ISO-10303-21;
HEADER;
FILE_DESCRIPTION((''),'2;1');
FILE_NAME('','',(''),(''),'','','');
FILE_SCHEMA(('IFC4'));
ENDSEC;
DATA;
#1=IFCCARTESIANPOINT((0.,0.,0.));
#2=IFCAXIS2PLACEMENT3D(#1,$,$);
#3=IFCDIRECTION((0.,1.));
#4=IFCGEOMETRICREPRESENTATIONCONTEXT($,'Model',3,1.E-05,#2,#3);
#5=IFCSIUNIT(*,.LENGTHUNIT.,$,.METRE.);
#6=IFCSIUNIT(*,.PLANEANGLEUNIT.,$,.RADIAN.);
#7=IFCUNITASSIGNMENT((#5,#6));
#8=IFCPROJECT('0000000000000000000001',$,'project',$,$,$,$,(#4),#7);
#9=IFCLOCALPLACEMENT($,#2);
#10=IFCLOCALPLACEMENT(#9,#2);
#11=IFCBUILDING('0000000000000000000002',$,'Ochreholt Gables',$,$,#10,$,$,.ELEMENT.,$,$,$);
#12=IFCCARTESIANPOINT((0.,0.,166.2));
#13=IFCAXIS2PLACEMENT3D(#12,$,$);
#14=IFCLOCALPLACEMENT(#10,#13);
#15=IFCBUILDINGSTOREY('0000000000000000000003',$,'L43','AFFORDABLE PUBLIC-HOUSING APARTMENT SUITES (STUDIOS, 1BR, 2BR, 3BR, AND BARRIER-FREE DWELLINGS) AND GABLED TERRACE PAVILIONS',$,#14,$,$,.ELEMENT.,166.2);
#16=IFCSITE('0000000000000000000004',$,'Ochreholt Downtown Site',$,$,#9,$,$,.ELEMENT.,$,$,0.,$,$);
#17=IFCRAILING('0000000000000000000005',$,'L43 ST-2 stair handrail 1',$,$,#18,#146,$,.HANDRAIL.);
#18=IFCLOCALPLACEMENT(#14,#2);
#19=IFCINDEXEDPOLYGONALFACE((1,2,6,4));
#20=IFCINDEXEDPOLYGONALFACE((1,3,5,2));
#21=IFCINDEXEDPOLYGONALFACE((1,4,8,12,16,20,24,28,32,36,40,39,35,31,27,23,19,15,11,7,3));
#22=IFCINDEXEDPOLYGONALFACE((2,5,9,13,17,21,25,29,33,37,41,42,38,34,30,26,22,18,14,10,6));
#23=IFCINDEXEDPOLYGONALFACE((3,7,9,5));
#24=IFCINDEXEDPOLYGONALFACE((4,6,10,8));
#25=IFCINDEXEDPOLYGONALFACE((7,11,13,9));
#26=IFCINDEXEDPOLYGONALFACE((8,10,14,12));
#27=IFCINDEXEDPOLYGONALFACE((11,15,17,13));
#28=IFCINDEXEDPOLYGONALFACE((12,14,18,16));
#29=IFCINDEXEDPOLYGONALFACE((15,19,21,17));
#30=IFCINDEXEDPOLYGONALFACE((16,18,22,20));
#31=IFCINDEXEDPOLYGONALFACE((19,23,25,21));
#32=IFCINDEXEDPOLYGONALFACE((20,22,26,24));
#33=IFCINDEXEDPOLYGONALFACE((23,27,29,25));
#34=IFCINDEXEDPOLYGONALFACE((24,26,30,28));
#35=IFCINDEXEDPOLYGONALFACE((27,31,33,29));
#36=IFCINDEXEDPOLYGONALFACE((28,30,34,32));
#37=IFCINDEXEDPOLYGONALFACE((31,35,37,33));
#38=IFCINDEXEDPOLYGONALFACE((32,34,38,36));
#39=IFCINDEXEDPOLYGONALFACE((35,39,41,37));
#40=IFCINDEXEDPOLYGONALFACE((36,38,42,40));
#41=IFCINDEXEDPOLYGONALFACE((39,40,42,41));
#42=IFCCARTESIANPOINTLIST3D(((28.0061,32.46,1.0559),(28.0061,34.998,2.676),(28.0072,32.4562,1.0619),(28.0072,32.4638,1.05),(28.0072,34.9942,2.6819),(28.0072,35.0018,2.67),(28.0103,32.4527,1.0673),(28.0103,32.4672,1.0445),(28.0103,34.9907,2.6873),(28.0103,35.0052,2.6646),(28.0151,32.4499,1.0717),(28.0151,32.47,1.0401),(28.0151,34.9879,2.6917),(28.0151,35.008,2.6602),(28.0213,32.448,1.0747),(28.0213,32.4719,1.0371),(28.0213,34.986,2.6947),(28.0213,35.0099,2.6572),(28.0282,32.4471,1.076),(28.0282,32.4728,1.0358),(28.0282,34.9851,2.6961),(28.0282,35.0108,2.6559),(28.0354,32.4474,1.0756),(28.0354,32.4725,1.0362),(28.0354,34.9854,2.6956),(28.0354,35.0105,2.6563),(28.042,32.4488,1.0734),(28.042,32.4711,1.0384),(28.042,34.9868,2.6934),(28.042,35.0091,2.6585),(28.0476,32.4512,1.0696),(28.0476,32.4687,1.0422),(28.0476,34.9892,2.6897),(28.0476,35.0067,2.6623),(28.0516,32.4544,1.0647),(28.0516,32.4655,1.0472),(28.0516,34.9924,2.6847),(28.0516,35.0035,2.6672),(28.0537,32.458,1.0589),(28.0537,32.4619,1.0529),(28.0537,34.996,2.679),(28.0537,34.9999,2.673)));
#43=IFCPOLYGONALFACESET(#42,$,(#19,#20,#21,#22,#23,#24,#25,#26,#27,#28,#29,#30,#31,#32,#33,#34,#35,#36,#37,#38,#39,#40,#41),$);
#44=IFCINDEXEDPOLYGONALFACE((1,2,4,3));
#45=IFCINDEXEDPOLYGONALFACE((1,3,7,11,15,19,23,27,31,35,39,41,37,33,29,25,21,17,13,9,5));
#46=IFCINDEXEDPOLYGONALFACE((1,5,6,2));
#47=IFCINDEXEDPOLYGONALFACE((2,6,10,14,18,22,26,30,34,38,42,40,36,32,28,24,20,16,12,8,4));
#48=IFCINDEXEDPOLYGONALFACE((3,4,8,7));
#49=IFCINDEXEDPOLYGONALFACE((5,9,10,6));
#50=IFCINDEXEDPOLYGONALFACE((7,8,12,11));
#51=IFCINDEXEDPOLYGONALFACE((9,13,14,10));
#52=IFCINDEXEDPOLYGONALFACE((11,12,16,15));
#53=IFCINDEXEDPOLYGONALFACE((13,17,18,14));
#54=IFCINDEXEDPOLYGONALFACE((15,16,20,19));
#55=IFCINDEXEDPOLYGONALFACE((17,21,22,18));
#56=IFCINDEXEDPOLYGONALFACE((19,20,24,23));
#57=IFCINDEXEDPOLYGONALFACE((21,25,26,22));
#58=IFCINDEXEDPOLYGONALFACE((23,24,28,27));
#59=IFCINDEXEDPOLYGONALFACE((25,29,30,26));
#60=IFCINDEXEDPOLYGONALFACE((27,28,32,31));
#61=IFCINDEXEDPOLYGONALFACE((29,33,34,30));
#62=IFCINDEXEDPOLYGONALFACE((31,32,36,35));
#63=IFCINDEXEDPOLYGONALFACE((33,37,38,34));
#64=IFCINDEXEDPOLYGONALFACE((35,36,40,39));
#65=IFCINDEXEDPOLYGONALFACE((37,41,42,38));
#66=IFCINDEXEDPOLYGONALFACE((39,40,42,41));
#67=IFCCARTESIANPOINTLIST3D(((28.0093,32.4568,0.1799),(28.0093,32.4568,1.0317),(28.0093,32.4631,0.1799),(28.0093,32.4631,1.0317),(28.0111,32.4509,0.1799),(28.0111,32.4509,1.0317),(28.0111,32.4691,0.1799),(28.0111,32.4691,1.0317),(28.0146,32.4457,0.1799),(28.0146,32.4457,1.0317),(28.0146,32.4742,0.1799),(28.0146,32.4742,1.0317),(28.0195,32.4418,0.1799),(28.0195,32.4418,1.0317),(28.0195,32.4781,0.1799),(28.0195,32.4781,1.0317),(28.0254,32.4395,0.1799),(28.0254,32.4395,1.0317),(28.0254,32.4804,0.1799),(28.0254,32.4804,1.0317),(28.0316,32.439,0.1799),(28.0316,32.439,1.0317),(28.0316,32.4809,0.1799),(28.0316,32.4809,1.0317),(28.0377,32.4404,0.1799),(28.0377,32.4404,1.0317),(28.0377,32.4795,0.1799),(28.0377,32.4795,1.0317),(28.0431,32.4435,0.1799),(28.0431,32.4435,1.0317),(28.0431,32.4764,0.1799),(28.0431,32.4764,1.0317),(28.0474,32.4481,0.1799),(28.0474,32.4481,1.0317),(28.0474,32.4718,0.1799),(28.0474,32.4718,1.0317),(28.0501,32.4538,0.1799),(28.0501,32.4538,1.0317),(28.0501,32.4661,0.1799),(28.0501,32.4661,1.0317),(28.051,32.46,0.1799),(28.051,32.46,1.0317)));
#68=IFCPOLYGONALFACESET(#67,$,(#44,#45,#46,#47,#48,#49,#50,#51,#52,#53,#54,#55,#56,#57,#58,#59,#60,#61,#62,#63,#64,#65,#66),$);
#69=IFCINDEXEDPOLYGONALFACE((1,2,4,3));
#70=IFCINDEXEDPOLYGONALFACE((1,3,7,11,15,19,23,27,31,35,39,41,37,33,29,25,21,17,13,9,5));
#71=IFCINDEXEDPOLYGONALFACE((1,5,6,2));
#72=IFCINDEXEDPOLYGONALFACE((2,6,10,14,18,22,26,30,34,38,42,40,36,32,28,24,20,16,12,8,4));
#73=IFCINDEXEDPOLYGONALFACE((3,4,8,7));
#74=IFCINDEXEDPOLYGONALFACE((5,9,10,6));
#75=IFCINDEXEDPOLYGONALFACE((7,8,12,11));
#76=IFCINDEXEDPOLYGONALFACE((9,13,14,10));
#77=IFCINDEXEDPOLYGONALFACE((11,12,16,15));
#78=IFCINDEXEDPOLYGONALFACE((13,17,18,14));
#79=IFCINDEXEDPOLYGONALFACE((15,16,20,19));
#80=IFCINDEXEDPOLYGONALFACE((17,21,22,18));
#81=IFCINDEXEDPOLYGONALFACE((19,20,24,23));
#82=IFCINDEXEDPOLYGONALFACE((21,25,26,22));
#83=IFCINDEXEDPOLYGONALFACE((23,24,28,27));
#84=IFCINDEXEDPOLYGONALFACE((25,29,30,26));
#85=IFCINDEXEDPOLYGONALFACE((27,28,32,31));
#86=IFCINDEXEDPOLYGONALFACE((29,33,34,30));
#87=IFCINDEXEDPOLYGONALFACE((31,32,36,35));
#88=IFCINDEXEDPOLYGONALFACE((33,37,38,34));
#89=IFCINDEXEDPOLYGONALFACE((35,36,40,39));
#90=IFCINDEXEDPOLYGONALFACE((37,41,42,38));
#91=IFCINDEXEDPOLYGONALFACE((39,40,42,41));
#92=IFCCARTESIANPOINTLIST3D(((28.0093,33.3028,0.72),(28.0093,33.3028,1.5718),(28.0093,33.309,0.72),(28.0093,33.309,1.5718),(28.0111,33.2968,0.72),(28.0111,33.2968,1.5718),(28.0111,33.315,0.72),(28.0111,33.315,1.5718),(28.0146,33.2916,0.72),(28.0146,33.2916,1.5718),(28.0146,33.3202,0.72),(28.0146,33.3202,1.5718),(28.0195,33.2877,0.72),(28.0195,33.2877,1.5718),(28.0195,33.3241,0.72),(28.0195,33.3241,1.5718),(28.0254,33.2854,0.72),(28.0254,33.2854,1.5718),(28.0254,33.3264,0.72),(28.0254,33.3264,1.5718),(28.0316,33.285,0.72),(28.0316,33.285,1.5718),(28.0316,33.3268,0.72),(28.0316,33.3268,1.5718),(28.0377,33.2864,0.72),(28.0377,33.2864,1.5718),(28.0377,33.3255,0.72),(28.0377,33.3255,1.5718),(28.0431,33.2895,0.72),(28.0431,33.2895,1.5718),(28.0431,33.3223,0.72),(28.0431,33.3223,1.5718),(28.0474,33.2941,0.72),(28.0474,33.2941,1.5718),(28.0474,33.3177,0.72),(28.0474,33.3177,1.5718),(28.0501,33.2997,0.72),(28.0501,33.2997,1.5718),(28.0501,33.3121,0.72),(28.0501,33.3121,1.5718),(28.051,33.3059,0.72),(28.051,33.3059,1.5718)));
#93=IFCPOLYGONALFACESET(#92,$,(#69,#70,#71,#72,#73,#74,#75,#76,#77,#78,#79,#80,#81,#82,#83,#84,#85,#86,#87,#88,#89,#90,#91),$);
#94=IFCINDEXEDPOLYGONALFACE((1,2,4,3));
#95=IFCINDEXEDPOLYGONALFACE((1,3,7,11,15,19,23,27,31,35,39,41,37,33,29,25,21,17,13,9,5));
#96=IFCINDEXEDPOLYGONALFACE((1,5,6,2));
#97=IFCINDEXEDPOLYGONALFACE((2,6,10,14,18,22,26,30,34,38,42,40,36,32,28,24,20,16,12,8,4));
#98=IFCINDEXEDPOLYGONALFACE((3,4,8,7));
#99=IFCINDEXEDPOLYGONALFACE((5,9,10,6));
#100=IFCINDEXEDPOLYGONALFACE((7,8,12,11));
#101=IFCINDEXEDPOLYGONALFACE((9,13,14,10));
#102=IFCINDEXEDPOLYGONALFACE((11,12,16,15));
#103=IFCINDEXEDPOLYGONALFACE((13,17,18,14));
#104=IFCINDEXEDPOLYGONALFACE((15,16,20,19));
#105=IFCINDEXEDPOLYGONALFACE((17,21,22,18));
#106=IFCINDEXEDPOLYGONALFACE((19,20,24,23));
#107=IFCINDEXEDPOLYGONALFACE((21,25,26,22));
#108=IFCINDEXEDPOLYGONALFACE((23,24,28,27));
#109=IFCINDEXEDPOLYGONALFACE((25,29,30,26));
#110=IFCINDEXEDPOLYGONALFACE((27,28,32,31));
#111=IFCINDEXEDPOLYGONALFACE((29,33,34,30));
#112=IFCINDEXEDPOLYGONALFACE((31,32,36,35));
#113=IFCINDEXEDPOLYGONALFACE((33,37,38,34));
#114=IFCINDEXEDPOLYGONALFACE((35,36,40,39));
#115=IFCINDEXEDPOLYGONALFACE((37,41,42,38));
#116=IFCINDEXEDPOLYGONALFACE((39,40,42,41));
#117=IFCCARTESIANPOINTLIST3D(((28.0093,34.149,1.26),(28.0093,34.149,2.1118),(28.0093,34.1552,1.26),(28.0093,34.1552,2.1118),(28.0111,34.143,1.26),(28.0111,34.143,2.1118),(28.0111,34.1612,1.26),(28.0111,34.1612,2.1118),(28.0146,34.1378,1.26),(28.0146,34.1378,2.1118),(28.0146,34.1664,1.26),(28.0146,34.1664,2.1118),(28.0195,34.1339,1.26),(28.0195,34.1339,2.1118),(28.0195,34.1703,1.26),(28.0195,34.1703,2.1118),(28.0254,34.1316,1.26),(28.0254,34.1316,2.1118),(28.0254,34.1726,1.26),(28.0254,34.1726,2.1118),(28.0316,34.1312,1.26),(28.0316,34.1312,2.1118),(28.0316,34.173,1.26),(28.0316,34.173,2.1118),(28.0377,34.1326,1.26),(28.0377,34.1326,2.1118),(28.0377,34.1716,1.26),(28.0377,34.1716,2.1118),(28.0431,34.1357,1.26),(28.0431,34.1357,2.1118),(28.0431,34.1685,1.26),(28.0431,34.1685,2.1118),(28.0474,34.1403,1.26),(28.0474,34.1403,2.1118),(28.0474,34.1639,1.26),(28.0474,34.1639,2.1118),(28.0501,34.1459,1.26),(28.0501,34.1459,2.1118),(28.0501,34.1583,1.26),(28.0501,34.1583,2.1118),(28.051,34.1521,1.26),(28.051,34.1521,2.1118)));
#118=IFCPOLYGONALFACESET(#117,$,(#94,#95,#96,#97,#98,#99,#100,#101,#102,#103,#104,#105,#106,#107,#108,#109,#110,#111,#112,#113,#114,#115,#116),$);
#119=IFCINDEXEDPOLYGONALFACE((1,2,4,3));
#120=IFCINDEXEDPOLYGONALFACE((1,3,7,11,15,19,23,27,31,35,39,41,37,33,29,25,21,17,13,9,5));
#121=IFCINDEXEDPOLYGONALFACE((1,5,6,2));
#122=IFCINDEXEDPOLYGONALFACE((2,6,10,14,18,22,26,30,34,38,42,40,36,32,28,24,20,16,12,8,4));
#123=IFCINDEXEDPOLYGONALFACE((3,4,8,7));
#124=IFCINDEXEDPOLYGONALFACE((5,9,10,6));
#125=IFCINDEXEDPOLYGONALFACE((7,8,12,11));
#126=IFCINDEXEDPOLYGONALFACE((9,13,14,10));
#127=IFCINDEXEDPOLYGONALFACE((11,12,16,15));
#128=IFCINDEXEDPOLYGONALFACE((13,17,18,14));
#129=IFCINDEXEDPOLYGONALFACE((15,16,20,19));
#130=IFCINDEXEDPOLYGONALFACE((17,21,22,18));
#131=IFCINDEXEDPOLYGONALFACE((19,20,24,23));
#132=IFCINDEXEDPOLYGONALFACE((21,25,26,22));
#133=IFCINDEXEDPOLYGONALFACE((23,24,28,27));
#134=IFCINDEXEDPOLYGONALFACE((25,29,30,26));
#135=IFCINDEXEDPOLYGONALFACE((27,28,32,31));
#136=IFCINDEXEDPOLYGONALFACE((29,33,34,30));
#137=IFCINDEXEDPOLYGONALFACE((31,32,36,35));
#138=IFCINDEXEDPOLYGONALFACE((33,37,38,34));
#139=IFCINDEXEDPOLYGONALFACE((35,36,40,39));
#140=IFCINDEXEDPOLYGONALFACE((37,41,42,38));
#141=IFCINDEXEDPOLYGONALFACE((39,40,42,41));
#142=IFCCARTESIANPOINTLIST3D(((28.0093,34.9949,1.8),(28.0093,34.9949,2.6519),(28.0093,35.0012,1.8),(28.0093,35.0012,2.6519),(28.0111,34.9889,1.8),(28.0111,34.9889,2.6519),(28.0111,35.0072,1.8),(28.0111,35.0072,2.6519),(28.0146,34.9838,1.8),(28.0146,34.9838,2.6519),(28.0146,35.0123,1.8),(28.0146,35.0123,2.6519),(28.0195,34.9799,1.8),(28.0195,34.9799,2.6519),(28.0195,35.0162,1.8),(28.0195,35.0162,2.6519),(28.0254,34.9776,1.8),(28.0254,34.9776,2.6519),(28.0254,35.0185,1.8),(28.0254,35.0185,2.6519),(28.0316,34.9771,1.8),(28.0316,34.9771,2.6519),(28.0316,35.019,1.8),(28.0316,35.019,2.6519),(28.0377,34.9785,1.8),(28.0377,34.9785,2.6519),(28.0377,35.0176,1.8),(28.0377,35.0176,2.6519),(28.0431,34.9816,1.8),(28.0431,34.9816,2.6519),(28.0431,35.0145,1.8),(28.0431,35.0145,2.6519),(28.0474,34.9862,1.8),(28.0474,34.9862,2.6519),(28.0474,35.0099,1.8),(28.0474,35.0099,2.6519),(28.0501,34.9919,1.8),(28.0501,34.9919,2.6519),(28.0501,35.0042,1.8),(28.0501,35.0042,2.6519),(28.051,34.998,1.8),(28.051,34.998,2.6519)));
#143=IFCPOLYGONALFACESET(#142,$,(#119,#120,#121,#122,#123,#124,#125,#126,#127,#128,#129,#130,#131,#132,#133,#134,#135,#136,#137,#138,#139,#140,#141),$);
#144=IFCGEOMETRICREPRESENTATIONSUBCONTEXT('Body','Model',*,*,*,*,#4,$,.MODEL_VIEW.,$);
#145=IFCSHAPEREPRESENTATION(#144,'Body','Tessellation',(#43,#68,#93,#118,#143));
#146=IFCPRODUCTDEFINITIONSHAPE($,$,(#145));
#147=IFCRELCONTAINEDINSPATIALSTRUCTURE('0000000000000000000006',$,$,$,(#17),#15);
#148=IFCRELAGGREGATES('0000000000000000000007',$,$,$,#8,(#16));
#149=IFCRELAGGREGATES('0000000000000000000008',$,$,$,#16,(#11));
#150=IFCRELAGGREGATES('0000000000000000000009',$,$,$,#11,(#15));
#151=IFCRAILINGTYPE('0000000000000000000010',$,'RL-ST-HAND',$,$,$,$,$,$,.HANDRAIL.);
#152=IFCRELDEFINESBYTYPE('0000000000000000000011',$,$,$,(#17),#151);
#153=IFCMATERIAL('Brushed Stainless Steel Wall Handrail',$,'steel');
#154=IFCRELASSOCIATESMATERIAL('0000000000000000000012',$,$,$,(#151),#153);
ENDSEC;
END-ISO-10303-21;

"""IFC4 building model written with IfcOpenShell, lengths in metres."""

from ifc_helpers import new_model, si_unit, direction, frame, origin, origin_2d, place, context, subcontext, project, spatial, circle, extrude, material, type_object, element, save


model = new_model("IFC4")

# Units and contexts
model_context = context("Model", 3, precision=1e-05, world=origin(), true_north=direction((0.0, 1.0)))
body_context = subcontext(model_context, "Body", "Model", "MODEL_VIEW")
ifc_project = project(units=[si_unit("LENGTHUNIT", "METRE"), si_unit("PLANEANGLEUNIT", "RADIAN")], contexts=[model_context])

# Site, building, storey
site_placement = place(None, origin())
site = spatial("IfcSite", under=ifc_project, at=site_placement, Name="Ochreholt Downtown Site", CompositionType="ELEMENT", RefElevation=0.0)
building_placement = place(site_placement, origin())
building = spatial("IfcBuilding", under=site, at=building_placement, Name="Ochreholt Gables", CompositionType="ELEMENT")
storey_placement = place(building_placement, frame((0.0, 0.0, 166.2)))
storey = spatial("IfcBuildingStorey", under=building, at=storey_placement, Name="L43", Description="AFFORDABLE PUBLIC-HOUSING APARTMENT SUITES (STUDIOS, 1BR, 2BR, 3BR, AND BARRIER-FREE DWELLINGS) AND GABLED TERRACE PAVILIONS", CompositionType="ELEMENT", Elevation=166.2)

# Railing
ifc_material_1 = material(Name="Brushed Stainless Steel Wall Handrail", Category="steel")
railing_type_1 = type_object("IfcRailingType", Name="RL-ST-HAND", PredefinedType="HANDRAIL", material=ifc_material_1)
railing_1_placement = place(storey_placement, frame((28.03, 32.46, 0.1799)))
element("IfcRailing", 1, at=railing_1_placement, inside=storey, type_object=railing_type_1, Name="L43 ST-2 stair handrail 1", PredefinedType="HANDRAIL", context=body_context, shape_type="SweptSolid", body=[
    extrude(circle(Radius=0.0239, at=origin_2d()), frame((0.0, 0.0, 0.876), z_axis=(0.0, 0.842913, 0.53805), x_axis=(-1.0, 0.0, 0.0)), (0.0, 0.0, 1.0), 3.011),
    extrude(circle(Radius=0.021, at=origin_2d()), origin(), (0.0, 0.0, 1.0), 0.8518),
    extrude(circle(Radius=0.021, at=origin_2d()), frame((0.0, 0.8459, 0.54)), (0.0, 0.0, 1.0), 0.8518),
    extrude(circle(Radius=0.021, at=origin_2d()), frame((0.0, 1.6921, 1.0801)), (0.0, 0.0, 1.0), 0.8518),
    extrude(circle(Radius=0.021, at=origin_2d()), frame((0.0, 2.5381, 1.6201)), (0.0, 0.0, 1.0), 0.8518),
])

save(model, "model.ifc")
